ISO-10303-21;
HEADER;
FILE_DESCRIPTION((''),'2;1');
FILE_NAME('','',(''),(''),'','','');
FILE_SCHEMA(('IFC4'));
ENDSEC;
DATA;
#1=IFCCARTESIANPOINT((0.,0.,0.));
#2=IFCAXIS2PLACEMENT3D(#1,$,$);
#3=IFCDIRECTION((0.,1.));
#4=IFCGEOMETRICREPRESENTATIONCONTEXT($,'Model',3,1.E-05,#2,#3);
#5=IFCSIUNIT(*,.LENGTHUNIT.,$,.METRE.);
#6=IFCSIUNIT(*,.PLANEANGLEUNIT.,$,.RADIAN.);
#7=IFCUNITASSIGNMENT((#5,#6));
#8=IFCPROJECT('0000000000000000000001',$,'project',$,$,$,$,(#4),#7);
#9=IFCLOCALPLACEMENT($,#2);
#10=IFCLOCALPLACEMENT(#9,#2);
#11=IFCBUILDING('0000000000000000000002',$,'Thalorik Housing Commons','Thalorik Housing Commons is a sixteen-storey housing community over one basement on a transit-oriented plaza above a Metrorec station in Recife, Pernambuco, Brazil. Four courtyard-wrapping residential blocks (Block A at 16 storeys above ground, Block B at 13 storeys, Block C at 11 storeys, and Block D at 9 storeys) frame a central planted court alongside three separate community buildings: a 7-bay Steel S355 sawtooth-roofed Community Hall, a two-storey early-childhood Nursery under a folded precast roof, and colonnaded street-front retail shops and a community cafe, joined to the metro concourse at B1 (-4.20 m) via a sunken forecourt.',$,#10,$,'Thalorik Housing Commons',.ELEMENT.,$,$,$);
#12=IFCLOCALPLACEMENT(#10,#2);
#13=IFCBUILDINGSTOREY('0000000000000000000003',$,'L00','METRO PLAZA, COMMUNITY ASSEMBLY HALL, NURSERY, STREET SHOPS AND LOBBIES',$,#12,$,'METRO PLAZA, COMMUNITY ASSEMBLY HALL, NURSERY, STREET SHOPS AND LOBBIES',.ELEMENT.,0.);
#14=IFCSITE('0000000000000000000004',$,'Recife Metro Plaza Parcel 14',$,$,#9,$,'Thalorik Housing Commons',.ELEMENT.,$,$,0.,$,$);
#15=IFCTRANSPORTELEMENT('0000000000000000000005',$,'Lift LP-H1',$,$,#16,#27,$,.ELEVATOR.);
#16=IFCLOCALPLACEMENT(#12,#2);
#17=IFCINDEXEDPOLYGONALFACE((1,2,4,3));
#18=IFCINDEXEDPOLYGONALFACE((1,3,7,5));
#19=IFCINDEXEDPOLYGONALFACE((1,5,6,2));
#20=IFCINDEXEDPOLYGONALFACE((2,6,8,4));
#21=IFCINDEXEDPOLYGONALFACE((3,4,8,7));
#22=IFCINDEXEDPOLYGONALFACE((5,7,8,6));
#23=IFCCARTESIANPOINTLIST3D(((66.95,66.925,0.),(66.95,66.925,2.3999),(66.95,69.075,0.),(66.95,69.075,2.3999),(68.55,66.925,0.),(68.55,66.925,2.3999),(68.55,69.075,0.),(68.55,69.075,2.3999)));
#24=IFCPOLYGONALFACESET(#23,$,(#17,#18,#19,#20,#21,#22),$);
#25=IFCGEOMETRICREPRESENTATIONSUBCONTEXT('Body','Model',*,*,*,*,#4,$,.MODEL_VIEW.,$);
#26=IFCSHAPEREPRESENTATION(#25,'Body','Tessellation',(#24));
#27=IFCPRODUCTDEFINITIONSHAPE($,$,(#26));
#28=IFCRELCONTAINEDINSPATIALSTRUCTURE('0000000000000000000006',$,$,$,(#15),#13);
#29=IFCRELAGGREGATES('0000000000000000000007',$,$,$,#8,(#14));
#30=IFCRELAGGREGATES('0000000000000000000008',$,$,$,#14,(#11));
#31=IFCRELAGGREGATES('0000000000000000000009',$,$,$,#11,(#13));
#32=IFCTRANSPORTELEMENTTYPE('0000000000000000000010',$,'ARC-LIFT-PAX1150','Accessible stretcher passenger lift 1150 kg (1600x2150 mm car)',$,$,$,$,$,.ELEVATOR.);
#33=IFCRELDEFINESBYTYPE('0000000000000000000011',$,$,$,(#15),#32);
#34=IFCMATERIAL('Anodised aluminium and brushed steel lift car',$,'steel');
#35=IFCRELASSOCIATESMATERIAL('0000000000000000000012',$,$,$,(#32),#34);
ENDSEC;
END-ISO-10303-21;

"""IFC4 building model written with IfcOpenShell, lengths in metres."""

from ifc_helpers import new_model, si_unit, direction, frame, origin, origin_2d, place, context, subcontext, project, spatial, rectangle, extrude, material, type_object, element, save


model = new_model("IFC4")

# Units and contexts
model_context = context("Model", 3, precision=1e-05, world=origin(), true_north=direction((0.0, 1.0)))
body_context = subcontext(model_context, "Body", "Model", "MODEL_VIEW")
ifc_project = project(units=[si_unit("LENGTHUNIT", "METRE"), si_unit("PLANEANGLEUNIT", "RADIAN")], contexts=[model_context])

# Site, building, storey
site_placement = place(None, origin())
site = spatial("IfcSite", under=ifc_project, at=site_placement, Name="Recife Metro Plaza Parcel 14", LongName="Thalorik Housing Commons", CompositionType="ELEMENT", RefElevation=0.0)
building_placement = place(site_placement, origin())
building = spatial("IfcBuilding", under=site, at=building_placement, Name="Thalorik Housing Commons", Description="Thalorik Housing Commons is a sixteen-storey housing community over one basement on a transit-oriented plaza above a Metrorec station in Recife, Pernambuco, Brazil. Four courtyard-wrapping residential blocks (Block A at 16 storeys above ground, Block B at 13 storeys, Block C at 11 storeys, and Block D at 9 storeys) frame a central planted court alongside three separate community buildings: a 7-bay Steel S355 sawtooth-roofed Community Hall, a two-storey early-childhood Nursery under a folded precast roof, and colonnaded street-front retail shops and a community cafe, joined to the metro concourse at B1 (-4.20 m) via a sunken forecourt.", LongName="Thalorik Housing Commons", CompositionType="ELEMENT")
storey_placement = place(building_placement, origin())
storey = spatial("IfcBuildingStorey", under=building, at=storey_placement, Name="L00", Description="METRO PLAZA, COMMUNITY ASSEMBLY HALL, NURSERY, STREET SHOPS AND LOBBIES", LongName="METRO PLAZA, COMMUNITY ASSEMBLY HALL, NURSERY, STREET SHOPS AND LOBBIES", CompositionType="ELEMENT", Elevation=0.0)

# Transport element
ifc_material_1 = material(Name="Anodised aluminium and brushed steel lift car", Category="steel")
transport_element_type = type_object("IfcTransportElementType", Name="ARC-LIFT-PAX1150", Description="Accessible stretcher passenger lift 1150 kg (1600x2150 mm car)", PredefinedType="ELEVATOR", material=ifc_material_1)
transport_element_placement = place(storey_placement, frame((67.75, 68.0, 0.0), z_axis=(0.0, 0.0, 1.0), x_axis=(1.0, 0.0, 0.0)))
element("IfcTransportElement", 1, at=transport_element_placement, inside=storey, type_object=transport_element_type, Name="Lift LP-H1", PredefinedType="ELEVATOR", context=body_context, shape_type="SweptSolid", body=[
    extrude(rectangle(XDim=1.6001, YDim=2.1499, at=origin_2d()), origin(), (0.0, 0.0, 1.0), 2.3999),
])

save(model, "model.ifc")
